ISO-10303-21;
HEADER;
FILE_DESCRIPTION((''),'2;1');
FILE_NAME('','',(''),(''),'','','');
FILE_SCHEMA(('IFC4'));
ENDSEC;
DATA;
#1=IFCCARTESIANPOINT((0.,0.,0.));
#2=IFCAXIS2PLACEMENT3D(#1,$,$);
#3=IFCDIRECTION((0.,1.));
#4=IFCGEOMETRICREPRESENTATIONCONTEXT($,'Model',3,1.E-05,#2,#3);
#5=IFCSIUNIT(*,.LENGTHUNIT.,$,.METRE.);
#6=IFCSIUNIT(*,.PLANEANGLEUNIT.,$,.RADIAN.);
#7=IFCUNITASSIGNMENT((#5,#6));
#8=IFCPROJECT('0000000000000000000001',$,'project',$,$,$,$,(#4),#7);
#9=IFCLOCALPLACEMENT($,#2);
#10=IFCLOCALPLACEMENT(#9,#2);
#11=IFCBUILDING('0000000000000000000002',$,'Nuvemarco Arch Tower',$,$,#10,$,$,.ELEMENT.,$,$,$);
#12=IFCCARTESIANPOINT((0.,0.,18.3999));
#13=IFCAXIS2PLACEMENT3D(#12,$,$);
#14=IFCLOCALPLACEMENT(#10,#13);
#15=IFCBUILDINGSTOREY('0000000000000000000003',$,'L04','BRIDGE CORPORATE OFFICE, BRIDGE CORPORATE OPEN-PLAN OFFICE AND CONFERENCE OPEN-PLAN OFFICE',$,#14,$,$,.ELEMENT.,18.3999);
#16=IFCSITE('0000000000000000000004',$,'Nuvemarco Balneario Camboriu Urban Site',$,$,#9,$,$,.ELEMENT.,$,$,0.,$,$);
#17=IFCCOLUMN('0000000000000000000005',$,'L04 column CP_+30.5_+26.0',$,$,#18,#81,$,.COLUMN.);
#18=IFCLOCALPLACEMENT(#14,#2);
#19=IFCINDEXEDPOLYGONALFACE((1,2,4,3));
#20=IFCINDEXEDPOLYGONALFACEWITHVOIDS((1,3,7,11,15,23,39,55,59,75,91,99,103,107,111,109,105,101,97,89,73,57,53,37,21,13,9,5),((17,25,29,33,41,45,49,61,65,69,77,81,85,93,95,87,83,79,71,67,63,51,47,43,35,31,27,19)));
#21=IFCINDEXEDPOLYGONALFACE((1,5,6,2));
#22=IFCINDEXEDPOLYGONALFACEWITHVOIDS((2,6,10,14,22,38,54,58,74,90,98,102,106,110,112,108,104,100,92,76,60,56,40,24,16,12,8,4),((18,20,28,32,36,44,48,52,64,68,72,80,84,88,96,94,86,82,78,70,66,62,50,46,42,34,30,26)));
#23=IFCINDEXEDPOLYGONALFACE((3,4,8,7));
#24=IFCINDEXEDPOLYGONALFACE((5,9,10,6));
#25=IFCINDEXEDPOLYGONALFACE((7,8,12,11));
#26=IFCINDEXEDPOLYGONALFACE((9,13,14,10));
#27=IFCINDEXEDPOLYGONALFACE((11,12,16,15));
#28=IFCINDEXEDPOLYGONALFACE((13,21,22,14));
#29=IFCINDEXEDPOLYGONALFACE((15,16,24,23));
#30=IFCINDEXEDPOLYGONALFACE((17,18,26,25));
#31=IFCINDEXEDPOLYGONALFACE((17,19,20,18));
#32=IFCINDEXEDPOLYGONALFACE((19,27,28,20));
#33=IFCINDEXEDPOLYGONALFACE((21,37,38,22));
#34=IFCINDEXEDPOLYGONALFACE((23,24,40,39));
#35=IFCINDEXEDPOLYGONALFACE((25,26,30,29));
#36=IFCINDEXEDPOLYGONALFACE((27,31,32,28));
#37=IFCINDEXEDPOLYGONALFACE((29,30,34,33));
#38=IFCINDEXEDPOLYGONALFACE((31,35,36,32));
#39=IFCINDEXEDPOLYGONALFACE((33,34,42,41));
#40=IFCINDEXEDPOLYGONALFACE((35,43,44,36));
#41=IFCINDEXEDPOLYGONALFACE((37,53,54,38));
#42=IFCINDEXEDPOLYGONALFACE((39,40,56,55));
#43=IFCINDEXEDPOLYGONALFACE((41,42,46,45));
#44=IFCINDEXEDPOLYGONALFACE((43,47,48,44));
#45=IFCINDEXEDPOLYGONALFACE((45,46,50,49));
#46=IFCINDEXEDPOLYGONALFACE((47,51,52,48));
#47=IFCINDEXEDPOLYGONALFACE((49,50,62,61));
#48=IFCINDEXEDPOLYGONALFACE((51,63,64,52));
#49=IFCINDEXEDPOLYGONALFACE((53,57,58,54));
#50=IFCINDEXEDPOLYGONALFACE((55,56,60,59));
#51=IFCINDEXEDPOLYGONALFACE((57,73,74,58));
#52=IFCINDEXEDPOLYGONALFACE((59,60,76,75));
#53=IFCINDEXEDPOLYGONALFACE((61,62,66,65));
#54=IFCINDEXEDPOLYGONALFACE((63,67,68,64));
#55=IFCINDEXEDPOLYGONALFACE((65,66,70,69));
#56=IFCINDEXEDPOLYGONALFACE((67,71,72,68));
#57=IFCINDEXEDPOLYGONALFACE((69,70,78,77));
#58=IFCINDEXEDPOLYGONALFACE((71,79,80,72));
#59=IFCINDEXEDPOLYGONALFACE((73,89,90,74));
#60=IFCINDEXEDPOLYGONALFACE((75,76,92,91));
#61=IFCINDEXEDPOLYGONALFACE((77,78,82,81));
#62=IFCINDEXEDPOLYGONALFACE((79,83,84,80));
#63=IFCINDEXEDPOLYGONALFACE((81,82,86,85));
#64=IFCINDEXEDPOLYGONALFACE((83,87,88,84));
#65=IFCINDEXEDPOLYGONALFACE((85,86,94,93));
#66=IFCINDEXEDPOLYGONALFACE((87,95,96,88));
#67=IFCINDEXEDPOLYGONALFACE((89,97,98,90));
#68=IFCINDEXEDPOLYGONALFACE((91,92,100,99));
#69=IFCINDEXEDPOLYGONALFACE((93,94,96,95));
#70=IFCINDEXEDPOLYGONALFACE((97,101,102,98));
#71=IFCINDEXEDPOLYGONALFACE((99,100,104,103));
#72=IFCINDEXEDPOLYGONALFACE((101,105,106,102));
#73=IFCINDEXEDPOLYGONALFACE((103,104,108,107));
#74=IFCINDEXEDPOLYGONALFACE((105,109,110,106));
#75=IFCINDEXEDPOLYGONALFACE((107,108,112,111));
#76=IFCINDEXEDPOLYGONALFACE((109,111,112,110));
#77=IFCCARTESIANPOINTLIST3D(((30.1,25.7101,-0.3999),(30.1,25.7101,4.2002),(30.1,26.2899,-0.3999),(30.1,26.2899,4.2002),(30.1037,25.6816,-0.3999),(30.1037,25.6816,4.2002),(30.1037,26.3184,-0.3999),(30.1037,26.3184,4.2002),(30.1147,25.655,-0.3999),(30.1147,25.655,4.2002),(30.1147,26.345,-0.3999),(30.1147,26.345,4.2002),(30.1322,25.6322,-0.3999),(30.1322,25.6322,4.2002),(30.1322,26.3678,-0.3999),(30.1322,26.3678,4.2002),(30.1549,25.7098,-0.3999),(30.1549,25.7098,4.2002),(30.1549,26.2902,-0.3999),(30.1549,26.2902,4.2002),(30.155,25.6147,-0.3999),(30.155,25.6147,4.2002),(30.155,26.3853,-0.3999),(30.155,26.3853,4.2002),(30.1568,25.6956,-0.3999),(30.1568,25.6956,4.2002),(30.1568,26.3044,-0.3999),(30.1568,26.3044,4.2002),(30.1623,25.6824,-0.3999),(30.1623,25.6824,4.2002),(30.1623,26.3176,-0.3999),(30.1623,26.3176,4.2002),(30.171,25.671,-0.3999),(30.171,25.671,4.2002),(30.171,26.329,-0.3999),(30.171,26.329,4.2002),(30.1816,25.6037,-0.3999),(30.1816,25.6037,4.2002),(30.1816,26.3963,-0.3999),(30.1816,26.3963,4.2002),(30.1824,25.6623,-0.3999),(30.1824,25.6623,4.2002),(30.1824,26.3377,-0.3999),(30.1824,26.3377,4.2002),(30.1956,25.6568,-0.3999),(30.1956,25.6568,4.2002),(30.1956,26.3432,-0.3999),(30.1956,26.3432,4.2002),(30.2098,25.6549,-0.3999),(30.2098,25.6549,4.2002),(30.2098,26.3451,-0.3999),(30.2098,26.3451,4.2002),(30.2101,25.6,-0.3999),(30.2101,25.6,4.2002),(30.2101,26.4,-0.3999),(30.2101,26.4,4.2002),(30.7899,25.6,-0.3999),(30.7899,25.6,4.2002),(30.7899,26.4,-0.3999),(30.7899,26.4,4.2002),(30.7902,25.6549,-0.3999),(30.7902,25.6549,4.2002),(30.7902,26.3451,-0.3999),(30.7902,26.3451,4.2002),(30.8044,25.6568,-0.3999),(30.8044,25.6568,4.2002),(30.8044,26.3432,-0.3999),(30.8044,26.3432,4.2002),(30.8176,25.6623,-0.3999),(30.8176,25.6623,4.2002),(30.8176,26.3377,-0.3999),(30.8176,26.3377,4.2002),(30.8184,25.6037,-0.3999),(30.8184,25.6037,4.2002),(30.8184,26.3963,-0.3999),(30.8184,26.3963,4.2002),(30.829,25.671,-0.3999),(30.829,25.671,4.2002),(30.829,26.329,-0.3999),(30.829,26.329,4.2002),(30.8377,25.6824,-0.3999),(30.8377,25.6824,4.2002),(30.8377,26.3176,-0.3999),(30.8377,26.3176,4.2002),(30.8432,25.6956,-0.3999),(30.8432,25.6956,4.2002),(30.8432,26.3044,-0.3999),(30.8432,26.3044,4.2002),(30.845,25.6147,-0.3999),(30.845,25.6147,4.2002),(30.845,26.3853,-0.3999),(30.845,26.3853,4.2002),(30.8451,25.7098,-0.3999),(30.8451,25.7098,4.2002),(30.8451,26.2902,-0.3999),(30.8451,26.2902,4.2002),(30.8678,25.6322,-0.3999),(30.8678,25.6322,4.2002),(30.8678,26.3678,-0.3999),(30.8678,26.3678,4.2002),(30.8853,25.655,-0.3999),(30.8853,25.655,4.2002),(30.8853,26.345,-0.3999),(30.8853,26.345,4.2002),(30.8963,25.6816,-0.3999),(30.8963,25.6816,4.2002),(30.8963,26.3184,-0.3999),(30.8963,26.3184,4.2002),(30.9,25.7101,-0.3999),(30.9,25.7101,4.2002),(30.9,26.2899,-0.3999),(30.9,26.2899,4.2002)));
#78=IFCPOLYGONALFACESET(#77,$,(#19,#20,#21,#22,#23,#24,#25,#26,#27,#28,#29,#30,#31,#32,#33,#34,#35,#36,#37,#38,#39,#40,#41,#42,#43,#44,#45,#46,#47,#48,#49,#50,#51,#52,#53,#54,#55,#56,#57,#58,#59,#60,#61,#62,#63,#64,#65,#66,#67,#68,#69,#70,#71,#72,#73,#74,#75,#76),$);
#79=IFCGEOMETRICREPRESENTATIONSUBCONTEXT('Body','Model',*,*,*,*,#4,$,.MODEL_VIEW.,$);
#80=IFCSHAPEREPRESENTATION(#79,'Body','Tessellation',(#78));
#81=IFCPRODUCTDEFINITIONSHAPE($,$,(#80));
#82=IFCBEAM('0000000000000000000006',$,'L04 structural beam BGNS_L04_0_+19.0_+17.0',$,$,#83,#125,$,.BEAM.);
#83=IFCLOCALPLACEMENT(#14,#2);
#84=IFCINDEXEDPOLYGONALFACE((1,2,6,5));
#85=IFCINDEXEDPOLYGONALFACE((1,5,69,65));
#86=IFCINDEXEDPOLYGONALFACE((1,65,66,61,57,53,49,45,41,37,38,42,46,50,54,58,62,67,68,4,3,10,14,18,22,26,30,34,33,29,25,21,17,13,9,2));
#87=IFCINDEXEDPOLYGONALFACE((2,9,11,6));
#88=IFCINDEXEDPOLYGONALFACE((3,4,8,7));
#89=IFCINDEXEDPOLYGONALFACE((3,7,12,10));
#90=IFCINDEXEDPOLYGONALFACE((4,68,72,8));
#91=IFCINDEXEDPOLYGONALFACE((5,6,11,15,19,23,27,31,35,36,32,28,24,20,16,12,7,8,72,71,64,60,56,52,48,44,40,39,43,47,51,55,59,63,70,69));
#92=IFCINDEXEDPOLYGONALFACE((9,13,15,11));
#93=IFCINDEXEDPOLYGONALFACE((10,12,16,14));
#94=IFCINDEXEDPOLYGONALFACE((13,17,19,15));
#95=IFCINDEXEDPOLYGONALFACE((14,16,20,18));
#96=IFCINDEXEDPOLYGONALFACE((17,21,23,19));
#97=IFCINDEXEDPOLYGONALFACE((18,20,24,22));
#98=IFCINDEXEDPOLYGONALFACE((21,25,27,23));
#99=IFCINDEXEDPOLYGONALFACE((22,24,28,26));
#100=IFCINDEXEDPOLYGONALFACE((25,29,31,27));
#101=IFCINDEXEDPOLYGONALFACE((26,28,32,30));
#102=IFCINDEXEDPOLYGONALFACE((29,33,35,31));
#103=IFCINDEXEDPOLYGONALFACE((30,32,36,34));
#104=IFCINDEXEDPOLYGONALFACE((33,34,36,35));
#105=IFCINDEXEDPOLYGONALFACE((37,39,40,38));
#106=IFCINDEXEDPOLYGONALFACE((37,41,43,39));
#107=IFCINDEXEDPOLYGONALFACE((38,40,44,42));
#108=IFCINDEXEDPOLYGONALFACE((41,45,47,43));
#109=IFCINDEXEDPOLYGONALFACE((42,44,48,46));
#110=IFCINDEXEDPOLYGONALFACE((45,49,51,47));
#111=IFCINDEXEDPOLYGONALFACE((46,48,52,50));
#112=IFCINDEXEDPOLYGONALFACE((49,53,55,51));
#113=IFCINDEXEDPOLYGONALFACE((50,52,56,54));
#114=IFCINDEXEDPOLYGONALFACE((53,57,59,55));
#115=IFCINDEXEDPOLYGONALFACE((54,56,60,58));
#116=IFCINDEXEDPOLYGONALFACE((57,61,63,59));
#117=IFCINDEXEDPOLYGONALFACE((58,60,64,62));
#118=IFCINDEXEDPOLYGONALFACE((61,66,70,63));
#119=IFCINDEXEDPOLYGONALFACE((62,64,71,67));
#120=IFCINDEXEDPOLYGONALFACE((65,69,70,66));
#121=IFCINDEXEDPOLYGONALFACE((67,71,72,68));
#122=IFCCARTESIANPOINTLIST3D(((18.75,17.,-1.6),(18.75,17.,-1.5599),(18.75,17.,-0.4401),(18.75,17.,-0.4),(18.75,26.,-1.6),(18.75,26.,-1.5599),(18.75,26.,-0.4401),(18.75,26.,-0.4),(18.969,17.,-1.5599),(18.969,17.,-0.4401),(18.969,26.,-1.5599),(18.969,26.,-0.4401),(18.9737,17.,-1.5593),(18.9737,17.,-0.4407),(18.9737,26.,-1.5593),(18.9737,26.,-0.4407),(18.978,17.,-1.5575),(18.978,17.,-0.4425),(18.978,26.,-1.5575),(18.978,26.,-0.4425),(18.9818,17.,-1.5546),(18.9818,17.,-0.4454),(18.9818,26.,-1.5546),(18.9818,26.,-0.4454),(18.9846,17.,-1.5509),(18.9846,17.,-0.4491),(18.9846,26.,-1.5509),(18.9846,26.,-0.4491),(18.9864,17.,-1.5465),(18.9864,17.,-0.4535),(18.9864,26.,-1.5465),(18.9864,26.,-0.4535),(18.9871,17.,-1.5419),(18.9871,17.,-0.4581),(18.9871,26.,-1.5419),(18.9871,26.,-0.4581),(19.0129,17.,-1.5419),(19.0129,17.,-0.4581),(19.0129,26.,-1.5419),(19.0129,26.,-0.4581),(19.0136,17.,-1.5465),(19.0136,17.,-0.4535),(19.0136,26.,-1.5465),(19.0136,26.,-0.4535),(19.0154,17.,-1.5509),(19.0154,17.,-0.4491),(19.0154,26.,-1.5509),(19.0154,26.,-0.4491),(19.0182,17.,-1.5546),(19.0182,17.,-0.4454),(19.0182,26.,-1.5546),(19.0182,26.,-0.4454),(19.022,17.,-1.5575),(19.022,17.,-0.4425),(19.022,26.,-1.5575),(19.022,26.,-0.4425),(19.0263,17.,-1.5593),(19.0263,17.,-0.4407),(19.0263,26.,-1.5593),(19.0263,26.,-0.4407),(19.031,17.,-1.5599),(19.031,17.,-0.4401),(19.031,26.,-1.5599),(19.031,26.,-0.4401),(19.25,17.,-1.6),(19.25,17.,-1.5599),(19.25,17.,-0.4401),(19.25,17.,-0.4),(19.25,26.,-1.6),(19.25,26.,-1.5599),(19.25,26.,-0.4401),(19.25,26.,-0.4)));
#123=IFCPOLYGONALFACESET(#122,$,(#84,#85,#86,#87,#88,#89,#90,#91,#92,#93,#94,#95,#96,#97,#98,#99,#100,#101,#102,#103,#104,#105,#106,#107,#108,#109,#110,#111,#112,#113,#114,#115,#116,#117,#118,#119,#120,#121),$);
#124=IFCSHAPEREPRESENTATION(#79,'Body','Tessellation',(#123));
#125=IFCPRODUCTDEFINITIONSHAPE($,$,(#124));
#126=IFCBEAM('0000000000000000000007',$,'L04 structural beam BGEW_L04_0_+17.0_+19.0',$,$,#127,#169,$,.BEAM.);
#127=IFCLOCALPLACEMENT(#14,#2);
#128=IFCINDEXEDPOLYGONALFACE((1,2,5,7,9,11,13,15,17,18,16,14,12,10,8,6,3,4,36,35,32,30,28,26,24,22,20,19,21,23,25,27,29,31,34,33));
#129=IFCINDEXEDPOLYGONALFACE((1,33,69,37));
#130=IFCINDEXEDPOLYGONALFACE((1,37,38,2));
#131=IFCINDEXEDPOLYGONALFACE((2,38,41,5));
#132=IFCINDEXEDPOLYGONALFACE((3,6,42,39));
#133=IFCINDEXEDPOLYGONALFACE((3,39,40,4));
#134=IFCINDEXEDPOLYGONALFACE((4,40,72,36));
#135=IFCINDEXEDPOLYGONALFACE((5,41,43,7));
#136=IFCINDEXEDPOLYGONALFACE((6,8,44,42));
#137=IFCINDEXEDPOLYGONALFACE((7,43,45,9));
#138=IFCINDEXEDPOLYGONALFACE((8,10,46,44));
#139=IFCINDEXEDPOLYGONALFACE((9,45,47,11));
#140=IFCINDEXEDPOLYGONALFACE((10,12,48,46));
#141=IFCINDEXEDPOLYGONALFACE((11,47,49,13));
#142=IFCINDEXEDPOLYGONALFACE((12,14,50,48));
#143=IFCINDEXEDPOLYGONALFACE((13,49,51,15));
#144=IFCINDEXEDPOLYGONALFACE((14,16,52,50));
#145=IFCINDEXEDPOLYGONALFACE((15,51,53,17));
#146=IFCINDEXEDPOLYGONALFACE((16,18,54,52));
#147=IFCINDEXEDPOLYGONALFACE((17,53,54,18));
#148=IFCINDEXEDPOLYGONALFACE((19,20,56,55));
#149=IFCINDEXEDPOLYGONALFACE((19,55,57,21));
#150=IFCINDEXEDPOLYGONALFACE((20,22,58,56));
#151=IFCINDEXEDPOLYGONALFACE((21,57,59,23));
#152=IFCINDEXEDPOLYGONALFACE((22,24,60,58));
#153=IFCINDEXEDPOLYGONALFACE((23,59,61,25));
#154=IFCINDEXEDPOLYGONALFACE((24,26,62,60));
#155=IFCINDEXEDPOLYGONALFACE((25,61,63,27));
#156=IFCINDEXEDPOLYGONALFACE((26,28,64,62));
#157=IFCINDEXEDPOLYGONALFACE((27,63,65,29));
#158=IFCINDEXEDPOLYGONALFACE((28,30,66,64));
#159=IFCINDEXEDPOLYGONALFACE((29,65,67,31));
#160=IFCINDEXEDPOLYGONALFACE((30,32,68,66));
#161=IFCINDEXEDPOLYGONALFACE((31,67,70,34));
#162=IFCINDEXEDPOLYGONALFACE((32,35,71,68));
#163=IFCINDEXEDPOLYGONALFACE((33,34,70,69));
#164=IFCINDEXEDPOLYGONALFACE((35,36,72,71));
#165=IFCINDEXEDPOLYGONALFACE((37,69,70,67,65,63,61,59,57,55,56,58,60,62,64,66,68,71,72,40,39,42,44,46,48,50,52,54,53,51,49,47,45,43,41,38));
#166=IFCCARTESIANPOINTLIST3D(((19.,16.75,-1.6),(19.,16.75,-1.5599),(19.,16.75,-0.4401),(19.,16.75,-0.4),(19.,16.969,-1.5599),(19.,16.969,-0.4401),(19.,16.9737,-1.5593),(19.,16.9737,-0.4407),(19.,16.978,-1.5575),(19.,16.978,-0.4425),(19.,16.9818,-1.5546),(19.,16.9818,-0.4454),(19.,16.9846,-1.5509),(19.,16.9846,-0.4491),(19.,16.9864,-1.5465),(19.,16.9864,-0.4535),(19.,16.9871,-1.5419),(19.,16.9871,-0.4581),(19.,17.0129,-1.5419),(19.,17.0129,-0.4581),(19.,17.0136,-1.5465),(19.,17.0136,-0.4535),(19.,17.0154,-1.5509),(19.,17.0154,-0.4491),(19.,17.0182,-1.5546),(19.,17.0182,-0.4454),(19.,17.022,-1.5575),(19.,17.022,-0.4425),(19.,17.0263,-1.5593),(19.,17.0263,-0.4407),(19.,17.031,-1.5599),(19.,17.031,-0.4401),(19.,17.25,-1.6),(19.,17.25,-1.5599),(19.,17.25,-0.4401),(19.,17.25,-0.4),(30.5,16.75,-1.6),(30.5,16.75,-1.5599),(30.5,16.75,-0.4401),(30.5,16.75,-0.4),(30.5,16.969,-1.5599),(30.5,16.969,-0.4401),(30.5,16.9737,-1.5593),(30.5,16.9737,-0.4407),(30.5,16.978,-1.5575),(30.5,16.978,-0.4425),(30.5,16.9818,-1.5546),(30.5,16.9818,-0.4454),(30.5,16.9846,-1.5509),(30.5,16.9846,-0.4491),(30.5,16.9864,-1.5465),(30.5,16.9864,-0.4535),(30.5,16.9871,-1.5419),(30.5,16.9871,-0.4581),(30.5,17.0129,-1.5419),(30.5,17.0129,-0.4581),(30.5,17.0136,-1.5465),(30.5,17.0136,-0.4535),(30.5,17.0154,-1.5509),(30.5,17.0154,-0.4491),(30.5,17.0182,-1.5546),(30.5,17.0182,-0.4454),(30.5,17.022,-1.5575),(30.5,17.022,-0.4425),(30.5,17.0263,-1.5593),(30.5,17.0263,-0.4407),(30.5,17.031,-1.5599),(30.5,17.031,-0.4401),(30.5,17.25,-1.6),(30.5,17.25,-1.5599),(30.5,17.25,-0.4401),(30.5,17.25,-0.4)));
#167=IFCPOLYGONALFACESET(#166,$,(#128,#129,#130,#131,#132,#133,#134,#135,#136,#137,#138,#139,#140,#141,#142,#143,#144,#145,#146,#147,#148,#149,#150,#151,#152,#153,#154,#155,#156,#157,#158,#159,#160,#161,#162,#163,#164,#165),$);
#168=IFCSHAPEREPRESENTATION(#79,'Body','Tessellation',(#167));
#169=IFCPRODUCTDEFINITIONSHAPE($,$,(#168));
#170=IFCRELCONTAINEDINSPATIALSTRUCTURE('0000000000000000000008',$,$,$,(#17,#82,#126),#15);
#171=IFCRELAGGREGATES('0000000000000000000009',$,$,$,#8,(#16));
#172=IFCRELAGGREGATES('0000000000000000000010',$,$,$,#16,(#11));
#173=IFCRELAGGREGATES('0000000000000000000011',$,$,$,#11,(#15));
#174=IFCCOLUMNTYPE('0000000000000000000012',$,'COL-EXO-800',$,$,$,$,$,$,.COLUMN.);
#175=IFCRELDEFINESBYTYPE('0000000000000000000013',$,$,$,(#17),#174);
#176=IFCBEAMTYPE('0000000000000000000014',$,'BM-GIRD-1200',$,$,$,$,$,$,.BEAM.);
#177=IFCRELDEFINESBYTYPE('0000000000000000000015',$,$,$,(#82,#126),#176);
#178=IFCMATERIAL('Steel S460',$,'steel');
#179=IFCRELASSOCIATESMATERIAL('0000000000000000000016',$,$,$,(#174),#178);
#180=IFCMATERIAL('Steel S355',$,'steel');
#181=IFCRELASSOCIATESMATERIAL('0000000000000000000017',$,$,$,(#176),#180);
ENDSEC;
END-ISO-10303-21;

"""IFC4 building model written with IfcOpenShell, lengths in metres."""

from ifc_helpers import new_model, si_unit, direction, frame, origin, origin_2d, place, context, subcontext, project, spatial, hollow_rectangle, i_section, extrude, material, material_profile, profile_set, type_object, element, save


model = new_model("IFC4")

# Units and contexts
model_context = context("Model", 3, precision=1e-05, world=origin(), true_north=direction((0.0, 1.0)))
body_context = subcontext(model_context, "Body", "Model", "MODEL_VIEW")
ifc_project = project(units=[si_unit("LENGTHUNIT", "METRE"), si_unit("PLANEANGLEUNIT", "RADIAN")], contexts=[model_context])

# Site, building, storey
site_placement = place(None, origin())
site = spatial("IfcSite", under=ifc_project, at=site_placement, Name="Nuvemarco Balneario Camboriu Urban Site", CompositionType="ELEMENT", RefElevation=0.0)
building_placement = place(site_placement, origin())
building = spatial("IfcBuilding", under=site, at=building_placement, Name="Nuvemarco Arch Tower", CompositionType="ELEMENT")
storey_placement = place(building_placement, frame((0.0, 0.0, 18.3999)))
storey = spatial("IfcBuildingStorey", under=building, at=storey_placement, Name="L04", Description="BRIDGE CORPORATE OFFICE, BRIDGE CORPORATE OPEN-PLAN OFFICE AND CONFERENCE OPEN-PLAN OFFICE", CompositionType="ELEMENT", Elevation=18.3999)

# Column
ifc_material_1 = material(Name="Steel S460", Category="steel")
ifc_material_profile_1 = material_profile(ifc_material_1, hollow_rectangle(XDim=0.8, YDim=0.8, WallThickness=0.0549, InnerFilletRadius=0.0549, OuterFilletRadius=0.1101, at=origin_2d()), Name="SHS800x800x55")
ifc_profile_set_1 = profile_set([ifc_material_profile_1], Name="Steel S460")
column_type_1 = type_object("IfcColumnType", Name="COL-EXO-800", PredefinedType="COLUMN", material=ifc_profile_set_1)
column_1_placement = place(storey_placement, frame((30.5, 26.0, -0.3999), z_axis=(0.0, 0.0, 1.0), x_axis=(1.0, 0.0, 0.0)))
element("IfcColumn", 1, at=column_1_placement, inside=storey, type_object=column_type_1, Name="L04 column CP_+30.5_+26.0", PredefinedType="COLUMN", context=body_context, shape_type="SweptSolid", body=[
    extrude(hollow_rectangle(XDim=0.8, YDim=0.8, WallThickness=0.0549, InnerFilletRadius=0.0549, OuterFilletRadius=0.1101, at=origin_2d()), origin(), (0.0, 0.0, 1.0), 4.6001),
])

# Beams
ifc_material_2 = material(Name="Steel S355", Category="steel")
ifc_material_profile_2 = material_profile(ifc_material_2, i_section(OverallWidth=0.5, OverallDepth=1.2, WebThickness=0.0259, FlangeThickness=0.04, FilletRadius=0.0181, at=origin_2d()), Name="PG1200x500")
ifc_profile_set_2 = profile_set([ifc_material_profile_2], Name="Steel S355")
beam_type_1 = type_object("IfcBeamType", Name="BM-GIRD-1200", PredefinedType="BEAM", material=ifc_profile_set_2)
beam_1_placement = place(storey_placement, frame((19.0, 17.0, -1.0), z_axis=(0.0, 1.0, 0.0), x_axis=(-1.0, 0.0, 0.0)))
element("IfcBeam", 2, at=beam_1_placement, inside=storey, type_object=beam_type_1, Name="L04 structural beam BGNS_L04_0_+19.0_+17.0", PredefinedType="BEAM", context=body_context, shape_type="SweptSolid", body=[
    extrude(i_section(OverallWidth=0.5, OverallDepth=1.2, WebThickness=0.0259, FlangeThickness=0.04, FilletRadius=0.0181, at=origin_2d()), origin(), (0.0, 0.0, 1.0), 9.0),
])
beam_2_placement = place(storey_placement, frame((19.0, 17.0, -1.0), z_axis=(1.0, 0.0, 0.0), x_axis=(0.0, 1.0, 0.0)))
element("IfcBeam", 3, at=beam_2_placement, inside=storey, type_object=beam_type_1, Name="L04 structural beam BGEW_L04_0_+17.0_+19.0", PredefinedType="BEAM", context=body_context, shape_type="SweptSolid", body=[
    extrude(i_section(OverallWidth=0.5, OverallDepth=1.2, WebThickness=0.0259, FlangeThickness=0.04, FilletRadius=0.0181, at=origin_2d()), origin(), (0.0, 0.0, 1.0), 11.5),
])

save(model, "model.ifc")
